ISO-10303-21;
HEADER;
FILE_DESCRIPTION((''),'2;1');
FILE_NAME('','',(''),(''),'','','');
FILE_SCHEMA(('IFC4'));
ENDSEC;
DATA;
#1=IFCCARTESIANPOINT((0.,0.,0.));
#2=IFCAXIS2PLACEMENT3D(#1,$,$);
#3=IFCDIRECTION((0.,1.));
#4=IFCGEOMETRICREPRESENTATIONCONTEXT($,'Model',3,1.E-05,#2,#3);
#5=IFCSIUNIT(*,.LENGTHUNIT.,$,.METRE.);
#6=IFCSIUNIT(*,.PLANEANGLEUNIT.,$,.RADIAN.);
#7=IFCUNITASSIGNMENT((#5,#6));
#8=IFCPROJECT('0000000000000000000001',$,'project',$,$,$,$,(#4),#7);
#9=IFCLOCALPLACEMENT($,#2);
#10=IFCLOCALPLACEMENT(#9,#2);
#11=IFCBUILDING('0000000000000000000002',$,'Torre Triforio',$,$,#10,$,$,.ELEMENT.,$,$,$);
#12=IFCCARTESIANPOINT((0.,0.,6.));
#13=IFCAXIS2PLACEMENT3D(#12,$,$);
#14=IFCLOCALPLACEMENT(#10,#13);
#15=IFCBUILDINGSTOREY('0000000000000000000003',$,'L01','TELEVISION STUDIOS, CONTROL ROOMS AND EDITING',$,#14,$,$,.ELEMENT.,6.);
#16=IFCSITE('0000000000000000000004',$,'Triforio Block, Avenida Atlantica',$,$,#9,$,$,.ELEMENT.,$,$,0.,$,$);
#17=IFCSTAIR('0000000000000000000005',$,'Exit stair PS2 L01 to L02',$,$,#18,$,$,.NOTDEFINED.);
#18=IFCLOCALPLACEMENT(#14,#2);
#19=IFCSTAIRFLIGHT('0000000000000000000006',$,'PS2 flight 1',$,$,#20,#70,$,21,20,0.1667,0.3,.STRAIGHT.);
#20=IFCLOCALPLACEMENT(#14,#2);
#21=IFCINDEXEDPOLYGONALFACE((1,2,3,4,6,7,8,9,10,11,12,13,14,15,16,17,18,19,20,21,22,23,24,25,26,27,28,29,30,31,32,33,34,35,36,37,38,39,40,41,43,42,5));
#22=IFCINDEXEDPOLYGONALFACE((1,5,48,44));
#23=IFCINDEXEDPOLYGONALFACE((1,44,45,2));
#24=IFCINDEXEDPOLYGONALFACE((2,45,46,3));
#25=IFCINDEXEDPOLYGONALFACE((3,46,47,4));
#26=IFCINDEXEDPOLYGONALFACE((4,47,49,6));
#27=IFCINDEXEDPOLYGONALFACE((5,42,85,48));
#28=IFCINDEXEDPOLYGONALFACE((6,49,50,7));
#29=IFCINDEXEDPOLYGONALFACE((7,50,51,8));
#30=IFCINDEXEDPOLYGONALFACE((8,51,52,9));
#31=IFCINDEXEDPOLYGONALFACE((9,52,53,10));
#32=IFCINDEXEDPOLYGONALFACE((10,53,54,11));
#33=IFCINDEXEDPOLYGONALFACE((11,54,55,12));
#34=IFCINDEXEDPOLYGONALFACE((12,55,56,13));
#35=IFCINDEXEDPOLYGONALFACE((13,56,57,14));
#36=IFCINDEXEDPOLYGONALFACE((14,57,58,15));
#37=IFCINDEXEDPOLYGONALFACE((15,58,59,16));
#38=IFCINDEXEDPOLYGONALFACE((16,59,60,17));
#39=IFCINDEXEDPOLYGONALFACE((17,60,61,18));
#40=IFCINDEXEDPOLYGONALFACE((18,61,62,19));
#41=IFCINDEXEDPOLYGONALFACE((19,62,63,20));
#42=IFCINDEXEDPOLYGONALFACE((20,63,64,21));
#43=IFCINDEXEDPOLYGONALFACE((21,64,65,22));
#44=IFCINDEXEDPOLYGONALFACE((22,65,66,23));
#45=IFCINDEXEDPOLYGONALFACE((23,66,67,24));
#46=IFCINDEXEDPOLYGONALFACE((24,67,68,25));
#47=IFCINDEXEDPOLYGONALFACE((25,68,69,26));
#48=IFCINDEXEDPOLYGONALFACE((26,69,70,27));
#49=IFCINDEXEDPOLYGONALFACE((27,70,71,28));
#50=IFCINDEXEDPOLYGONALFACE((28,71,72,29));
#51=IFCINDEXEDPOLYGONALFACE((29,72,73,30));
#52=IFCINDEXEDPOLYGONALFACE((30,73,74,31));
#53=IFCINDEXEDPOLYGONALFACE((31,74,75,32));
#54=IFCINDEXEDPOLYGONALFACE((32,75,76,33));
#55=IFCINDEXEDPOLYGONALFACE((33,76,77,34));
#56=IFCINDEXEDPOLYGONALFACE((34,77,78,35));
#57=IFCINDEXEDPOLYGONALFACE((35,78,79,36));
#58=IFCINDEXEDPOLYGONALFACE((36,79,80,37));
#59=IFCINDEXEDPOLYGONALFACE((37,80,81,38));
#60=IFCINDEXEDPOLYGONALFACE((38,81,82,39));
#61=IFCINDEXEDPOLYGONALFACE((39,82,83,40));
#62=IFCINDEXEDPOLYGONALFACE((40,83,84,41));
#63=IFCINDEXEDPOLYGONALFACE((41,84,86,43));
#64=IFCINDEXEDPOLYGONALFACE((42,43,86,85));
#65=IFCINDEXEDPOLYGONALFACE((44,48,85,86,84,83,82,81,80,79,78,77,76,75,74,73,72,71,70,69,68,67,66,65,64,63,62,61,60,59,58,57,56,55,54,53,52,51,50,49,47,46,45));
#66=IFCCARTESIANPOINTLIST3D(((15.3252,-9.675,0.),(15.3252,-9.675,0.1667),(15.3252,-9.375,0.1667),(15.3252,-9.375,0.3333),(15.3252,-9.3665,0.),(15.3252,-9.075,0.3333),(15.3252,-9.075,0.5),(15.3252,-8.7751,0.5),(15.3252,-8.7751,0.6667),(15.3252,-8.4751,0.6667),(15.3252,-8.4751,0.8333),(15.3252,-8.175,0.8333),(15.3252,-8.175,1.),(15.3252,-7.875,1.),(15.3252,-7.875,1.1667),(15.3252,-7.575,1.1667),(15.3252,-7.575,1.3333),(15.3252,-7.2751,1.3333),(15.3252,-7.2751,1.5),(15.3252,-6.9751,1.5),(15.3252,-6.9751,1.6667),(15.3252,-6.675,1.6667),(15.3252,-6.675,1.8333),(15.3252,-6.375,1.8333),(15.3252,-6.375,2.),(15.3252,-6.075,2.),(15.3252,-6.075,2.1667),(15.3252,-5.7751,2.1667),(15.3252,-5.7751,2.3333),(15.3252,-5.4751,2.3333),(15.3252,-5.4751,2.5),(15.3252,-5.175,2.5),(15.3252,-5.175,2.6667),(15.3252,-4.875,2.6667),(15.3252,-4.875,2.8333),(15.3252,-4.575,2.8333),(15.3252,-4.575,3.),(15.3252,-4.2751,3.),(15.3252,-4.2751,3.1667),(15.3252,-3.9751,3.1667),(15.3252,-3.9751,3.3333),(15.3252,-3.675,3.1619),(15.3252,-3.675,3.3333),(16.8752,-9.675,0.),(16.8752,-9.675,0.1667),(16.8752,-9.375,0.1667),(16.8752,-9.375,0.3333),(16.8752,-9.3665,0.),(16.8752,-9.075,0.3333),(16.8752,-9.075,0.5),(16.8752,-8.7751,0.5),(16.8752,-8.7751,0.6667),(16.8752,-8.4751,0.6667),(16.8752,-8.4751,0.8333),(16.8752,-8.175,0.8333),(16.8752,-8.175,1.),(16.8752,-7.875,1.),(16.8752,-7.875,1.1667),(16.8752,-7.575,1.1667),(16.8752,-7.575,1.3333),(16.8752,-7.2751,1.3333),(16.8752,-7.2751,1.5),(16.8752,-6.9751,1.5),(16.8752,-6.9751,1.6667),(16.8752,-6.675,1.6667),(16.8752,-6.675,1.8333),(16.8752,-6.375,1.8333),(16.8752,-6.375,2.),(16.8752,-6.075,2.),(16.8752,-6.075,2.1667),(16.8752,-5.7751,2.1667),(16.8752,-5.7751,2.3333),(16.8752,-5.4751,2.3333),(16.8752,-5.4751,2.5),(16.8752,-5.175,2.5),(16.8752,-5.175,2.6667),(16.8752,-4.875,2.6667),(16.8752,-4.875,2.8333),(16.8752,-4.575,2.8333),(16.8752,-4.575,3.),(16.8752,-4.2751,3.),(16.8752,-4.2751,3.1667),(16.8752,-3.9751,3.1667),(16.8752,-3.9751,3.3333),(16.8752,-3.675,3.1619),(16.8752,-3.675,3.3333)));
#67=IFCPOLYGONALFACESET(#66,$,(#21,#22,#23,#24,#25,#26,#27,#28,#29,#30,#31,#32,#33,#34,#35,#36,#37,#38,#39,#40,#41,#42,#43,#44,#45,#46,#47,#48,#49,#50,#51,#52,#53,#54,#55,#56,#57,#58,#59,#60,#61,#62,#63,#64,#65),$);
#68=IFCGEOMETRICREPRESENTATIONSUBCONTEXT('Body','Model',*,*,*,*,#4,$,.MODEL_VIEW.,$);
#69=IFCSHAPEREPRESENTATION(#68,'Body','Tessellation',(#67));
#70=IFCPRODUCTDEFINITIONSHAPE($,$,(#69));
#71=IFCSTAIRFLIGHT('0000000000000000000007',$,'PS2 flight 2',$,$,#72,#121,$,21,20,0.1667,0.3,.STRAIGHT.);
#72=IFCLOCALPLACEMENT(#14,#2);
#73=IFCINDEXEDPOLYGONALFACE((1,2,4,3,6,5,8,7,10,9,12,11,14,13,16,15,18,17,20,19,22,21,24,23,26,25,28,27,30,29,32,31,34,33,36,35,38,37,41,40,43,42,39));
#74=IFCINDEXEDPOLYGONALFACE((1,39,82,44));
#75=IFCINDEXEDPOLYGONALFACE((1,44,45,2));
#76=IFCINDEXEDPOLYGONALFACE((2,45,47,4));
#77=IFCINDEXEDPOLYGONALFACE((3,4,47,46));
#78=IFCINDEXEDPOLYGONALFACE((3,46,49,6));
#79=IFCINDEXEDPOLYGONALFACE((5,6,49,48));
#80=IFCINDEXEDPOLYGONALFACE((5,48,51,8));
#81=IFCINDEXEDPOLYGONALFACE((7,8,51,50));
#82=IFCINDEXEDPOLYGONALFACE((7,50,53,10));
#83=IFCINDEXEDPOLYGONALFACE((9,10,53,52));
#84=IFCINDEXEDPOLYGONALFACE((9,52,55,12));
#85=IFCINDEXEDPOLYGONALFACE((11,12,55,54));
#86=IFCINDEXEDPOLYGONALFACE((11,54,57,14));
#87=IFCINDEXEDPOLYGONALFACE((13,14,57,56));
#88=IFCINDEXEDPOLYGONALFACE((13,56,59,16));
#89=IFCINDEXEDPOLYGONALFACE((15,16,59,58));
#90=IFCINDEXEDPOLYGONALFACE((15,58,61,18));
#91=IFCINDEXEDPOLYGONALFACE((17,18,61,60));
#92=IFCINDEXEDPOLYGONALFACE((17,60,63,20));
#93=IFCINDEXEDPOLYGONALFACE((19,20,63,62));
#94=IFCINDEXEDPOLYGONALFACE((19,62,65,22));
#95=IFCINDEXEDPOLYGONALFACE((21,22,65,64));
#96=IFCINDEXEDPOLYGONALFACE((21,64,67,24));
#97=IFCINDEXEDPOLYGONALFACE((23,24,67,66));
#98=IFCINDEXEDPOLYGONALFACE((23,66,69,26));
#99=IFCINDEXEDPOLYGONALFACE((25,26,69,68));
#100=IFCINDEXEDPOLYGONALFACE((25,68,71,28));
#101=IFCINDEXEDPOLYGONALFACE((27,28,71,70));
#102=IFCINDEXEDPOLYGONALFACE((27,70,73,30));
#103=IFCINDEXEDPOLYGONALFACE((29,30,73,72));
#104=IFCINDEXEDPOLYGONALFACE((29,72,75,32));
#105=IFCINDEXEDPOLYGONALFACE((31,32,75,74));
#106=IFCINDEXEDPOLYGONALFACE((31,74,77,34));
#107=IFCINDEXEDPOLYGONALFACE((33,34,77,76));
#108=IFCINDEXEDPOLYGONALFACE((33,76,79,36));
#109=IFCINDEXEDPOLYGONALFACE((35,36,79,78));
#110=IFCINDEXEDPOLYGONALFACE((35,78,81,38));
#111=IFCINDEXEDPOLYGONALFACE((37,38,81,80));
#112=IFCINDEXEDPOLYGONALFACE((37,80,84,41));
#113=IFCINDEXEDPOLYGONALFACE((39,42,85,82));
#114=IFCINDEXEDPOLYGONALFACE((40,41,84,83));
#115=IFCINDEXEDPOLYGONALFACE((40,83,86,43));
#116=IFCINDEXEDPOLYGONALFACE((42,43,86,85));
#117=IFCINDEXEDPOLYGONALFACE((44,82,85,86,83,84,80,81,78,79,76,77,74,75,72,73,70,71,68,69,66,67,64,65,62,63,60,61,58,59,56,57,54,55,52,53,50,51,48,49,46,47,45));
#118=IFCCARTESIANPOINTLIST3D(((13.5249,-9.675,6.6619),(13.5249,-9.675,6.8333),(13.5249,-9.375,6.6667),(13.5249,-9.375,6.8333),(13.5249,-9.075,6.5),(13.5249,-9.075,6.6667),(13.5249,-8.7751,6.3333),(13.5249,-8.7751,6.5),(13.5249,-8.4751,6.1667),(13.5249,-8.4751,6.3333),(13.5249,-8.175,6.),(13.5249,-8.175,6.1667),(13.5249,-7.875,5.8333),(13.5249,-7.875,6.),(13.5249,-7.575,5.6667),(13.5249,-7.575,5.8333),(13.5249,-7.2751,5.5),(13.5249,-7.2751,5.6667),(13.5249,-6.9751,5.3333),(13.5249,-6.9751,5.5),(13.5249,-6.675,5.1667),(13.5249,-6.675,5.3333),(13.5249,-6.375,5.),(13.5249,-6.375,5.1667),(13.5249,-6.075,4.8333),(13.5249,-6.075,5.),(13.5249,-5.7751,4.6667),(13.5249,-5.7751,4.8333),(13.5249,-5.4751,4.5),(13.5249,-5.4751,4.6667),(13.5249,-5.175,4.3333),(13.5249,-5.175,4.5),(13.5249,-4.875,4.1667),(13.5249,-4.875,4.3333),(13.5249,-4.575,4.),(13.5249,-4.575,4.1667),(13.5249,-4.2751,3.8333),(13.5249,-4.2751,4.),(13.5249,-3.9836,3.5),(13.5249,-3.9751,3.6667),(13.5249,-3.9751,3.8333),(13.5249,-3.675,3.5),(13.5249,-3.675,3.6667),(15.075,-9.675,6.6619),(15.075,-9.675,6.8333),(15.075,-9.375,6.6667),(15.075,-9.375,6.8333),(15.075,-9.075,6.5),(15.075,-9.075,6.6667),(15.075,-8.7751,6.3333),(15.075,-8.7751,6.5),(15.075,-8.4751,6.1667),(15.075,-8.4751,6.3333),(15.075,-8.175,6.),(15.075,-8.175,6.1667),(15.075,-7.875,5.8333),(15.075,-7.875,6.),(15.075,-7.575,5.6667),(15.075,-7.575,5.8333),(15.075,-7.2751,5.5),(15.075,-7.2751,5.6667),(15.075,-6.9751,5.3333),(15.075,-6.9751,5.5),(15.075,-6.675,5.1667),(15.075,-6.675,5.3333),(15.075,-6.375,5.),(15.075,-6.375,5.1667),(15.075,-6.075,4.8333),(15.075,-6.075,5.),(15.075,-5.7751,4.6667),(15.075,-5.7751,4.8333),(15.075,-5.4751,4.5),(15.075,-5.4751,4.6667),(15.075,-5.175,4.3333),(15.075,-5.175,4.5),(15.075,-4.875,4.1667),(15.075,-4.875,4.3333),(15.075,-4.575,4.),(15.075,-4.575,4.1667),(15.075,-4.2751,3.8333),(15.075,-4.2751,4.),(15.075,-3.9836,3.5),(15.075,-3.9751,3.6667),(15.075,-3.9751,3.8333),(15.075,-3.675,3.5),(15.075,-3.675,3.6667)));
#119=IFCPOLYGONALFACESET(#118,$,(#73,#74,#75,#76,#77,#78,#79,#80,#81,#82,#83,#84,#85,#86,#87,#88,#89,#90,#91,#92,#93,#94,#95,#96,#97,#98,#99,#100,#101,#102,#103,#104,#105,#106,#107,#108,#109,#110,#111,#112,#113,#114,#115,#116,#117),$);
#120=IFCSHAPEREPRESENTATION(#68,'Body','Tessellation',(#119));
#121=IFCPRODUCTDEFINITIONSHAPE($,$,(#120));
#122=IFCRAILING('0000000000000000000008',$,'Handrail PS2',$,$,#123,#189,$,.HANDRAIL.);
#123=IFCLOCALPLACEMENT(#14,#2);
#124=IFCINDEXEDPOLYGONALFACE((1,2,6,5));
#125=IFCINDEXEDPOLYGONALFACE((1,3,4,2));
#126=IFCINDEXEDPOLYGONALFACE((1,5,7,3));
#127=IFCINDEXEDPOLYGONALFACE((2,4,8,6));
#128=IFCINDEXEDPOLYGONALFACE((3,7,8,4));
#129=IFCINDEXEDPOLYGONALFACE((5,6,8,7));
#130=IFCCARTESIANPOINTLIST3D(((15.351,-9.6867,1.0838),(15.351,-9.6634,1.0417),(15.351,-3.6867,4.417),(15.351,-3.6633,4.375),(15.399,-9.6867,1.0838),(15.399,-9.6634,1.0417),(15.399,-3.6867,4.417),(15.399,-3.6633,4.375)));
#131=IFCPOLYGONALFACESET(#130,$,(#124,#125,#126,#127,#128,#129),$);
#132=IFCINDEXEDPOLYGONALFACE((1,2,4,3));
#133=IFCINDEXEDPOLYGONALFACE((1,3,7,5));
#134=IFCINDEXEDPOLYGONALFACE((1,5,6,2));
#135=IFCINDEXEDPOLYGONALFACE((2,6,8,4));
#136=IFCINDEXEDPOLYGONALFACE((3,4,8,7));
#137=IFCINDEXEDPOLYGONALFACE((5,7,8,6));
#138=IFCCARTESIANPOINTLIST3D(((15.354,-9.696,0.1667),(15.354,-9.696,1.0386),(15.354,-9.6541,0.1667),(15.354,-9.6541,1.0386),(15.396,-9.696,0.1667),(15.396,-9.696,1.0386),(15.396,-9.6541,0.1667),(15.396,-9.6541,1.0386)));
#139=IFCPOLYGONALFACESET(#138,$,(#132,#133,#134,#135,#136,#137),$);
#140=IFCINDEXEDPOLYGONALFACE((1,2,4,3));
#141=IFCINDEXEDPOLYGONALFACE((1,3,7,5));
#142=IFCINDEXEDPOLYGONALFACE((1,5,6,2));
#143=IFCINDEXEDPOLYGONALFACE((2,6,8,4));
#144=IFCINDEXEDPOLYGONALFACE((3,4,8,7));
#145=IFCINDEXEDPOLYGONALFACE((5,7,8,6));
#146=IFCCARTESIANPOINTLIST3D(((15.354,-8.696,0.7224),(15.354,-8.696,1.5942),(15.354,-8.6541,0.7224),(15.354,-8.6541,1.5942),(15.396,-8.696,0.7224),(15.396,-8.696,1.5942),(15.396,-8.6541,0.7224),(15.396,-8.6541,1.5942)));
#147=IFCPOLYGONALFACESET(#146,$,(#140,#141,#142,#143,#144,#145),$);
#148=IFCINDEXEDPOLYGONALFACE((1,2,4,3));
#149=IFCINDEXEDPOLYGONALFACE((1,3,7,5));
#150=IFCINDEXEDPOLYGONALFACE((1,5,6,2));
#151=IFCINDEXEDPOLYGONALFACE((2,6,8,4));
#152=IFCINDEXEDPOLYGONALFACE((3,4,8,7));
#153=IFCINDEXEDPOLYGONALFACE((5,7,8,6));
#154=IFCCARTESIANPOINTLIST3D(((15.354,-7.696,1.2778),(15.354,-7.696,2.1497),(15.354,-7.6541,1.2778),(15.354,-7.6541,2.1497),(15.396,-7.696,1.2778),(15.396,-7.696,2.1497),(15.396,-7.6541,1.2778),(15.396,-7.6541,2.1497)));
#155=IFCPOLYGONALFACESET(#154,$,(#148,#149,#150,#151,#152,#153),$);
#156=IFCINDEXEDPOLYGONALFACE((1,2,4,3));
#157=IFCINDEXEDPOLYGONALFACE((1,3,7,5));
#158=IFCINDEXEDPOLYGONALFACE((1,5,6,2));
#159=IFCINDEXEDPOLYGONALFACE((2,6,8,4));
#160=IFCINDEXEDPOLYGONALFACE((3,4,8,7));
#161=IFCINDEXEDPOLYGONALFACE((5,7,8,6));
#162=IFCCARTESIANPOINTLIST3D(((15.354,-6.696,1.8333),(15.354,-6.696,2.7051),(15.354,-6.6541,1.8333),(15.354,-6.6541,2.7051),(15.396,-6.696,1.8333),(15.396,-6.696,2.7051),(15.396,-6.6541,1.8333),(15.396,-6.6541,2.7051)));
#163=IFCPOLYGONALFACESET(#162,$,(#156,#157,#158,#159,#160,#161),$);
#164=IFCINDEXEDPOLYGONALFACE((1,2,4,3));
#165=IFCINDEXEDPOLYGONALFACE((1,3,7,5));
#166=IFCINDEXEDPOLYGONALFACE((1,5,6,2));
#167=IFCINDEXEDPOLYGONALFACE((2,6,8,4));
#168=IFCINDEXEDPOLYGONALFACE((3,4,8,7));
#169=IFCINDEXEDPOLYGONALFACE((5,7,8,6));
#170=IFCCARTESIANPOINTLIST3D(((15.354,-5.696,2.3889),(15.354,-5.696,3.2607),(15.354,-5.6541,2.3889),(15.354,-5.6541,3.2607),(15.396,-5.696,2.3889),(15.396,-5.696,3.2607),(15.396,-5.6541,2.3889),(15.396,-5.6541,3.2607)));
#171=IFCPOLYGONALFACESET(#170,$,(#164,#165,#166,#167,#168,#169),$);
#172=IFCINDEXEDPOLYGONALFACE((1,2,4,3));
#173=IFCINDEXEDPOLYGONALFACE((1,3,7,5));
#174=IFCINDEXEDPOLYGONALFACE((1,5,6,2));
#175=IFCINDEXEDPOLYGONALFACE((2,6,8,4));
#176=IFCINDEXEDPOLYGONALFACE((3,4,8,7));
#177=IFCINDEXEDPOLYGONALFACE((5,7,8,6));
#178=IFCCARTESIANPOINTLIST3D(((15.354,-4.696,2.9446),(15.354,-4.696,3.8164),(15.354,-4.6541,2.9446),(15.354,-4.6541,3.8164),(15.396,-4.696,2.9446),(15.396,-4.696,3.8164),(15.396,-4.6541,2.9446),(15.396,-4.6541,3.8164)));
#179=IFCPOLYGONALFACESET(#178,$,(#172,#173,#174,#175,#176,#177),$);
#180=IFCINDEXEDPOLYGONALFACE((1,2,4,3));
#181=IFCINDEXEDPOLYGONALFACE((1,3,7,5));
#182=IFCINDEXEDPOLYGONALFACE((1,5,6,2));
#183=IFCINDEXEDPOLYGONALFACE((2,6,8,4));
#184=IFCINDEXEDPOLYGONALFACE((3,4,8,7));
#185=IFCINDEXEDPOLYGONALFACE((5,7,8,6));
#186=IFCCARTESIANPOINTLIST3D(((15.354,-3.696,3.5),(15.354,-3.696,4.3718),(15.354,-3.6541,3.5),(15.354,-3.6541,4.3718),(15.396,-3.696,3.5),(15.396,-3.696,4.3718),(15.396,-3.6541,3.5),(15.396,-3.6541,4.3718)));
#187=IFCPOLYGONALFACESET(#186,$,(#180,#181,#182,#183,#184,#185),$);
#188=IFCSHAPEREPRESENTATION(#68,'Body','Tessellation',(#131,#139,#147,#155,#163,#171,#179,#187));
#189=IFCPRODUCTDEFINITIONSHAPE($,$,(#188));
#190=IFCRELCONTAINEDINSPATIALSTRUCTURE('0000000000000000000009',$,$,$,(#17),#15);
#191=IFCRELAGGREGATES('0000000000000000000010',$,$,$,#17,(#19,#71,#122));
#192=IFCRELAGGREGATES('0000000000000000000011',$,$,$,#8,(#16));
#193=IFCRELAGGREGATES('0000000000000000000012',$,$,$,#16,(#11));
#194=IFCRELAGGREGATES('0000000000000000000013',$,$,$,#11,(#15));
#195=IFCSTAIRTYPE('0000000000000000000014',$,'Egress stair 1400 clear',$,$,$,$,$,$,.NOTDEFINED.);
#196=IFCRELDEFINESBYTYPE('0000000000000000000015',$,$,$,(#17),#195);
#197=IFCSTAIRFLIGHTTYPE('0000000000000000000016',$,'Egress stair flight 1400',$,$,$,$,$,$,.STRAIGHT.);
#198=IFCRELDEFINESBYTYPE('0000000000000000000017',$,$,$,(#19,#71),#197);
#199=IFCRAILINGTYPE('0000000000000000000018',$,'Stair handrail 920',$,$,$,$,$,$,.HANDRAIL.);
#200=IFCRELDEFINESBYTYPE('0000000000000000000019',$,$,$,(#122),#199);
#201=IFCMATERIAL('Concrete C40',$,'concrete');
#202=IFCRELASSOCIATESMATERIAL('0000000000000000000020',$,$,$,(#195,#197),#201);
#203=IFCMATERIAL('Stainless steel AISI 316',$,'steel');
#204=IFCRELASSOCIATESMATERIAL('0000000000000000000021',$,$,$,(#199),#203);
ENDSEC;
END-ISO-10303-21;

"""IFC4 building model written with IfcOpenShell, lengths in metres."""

from ifc_helpers import new_model, si_unit, direction, frame, origin, origin_2d, place, context, subcontext, project, spatial, polyline, rectangle, outline, extrude, material, type_object, element, aggregate, save


model = new_model("IFC4")

# Units and contexts
model_context = context("Model", 3, precision=1e-05, world=origin(), true_north=direction((0.0, 1.0)))
body_context = subcontext(model_context, "Body", "Model", "MODEL_VIEW")
ifc_project = project(units=[si_unit("LENGTHUNIT", "METRE"), si_unit("PLANEANGLEUNIT", "RADIAN")], contexts=[model_context])

# Site, building, storey
site_placement = place(None, origin())
site = spatial("IfcSite", under=ifc_project, at=site_placement, Name="Triforio Block, Avenida Atlantica", CompositionType="ELEMENT", RefElevation=0.0)
building_placement = place(site_placement, origin())
building = spatial("IfcBuilding", under=site, at=building_placement, Name="Torre Triforio", CompositionType="ELEMENT")
storey_placement = place(building_placement, frame((0.0, 0.0, 6.0)))
storey = spatial("IfcBuildingStorey", under=building, at=storey_placement, Name="L01", Description="TELEVISION STUDIOS, CONTROL ROOMS AND EDITING", CompositionType="ELEMENT", Elevation=6.0)

# Shared definitions
ifc_material_1 = material(Name="Concrete C40", Category="concrete")

# Stair, stair flights, railing
stair_type = type_object("IfcStairType", Name="Egress stair 1400 clear", PredefinedType="NOTDEFINED", material=ifc_material_1)
stair_placement = place(storey_placement, origin())
stair = element("IfcStair", 1, at=stair_placement, inside=storey, type_object=stair_type, Name="Exit stair PS2 L01 to L02", PredefinedType="NOTDEFINED")
stair_flight_type = type_object("IfcStairFlightType", Name="Egress stair flight 1400", PredefinedType="STRAIGHT", material=ifc_material_1)
stair_flight_1_placement = place(storey_placement, frame((16.1001, -9.675, 0.0), z_axis=(0.0, 0.0, 1.0), x_axis=(0.0, 1.0, 0.0)))
stair_flight_1 = element("IfcStairFlight", 2, at=stair_flight_1_placement, type_object=stair_flight_type, Name="PS2 flight 1", NumberOfRisers=21, NumberOfTreads=20, PredefinedType="STRAIGHT", RiserHeight=0.1667, TreadLength=0.3, context=body_context, shape_type="SweptSolid", body=[
    extrude(outline(polyline([(0.0, 0.0), (0.0, 0.1667), (0.3, 0.1667), (0.3, 0.3333), (0.6001, 0.3333), (0.6001, 0.5), (0.8999, 0.5), (0.8999, 0.6667), (1.2, 0.6667), (1.2, 0.8333), (1.5, 0.8333), (1.5, 1.0), (1.8, 1.0), (1.8, 1.1667), (2.1001, 1.1667), (2.1001, 1.3333), (2.3999, 1.3333), (2.3999, 1.5), (2.7, 1.5), (2.7, 1.6667), (3.0, 1.6667), (3.0, 1.8333), (3.3, 1.8333), (3.3, 2.0), (3.6001, 2.0), (3.6001, 2.1667), (3.8999, 2.1667), (3.8999, 2.3333), (4.2, 2.3333), (4.2, 2.5), (4.5, 2.5), (4.5, 2.6667), (4.8, 2.6667), (4.8, 2.8333), (5.1001, 2.8333), (5.1001, 3.0), (5.3999, 3.0), (5.3999, 3.1667), (5.7, 3.1667), (5.7, 3.3333), (6.0, 3.3333), (6.0, 3.5), (6.0, 3.1619), (0.3086, 0.0), (0.0, 0.0)])), frame((0.0, 0.7749, 0.0), z_axis=(0.0, -1.0, 0.0), x_axis=(1.0, 0.0, 0.0)), (0.0, 0.0, 1.0), 1.55),
])
stair_flight_2_placement = place(storey_placement, frame((14.3, -3.675, 3.5), z_axis=(0.0, 0.0, 1.0), x_axis=(0.0, -1.0, 0.0)))
stair_flight_2 = element("IfcStairFlight", 3, at=stair_flight_2_placement, type_object=stair_flight_type, Name="PS2 flight 2", NumberOfRisers=21, NumberOfTreads=20, PredefinedType="STRAIGHT", RiserHeight=0.1667, TreadLength=0.3, context=body_context, shape_type="SweptSolid", body=[
    extrude(outline(polyline([(0.0, 0.0), (0.0, 0.1667), (0.3, 0.1667), (0.3, 0.3333), (0.6001, 0.3333), (0.6001, 0.5), (0.8999, 0.5), (0.8999, 0.6667), (1.2, 0.6667), (1.2, 0.8333), (1.5, 0.8333), (1.5, 1.0), (1.8, 1.0), (1.8, 1.1667), (2.1001, 1.1667), (2.1001, 1.3333), (2.3999, 1.3333), (2.3999, 1.5), (2.7, 1.5), (2.7, 1.6667), (3.0, 1.6667), (3.0, 1.8333), (3.3, 1.8333), (3.3, 2.0), (3.6001, 2.0), (3.6001, 2.1667), (3.8999, 2.1667), (3.8999, 2.3333), (4.2, 2.3333), (4.2, 2.5), (4.5, 2.5), (4.5, 2.6667), (4.8, 2.6667), (4.8, 2.8333), (5.1001, 2.8333), (5.1001, 3.0), (5.3999, 3.0), (5.3999, 3.1667), (5.7, 3.1667), (5.7, 3.3333), (6.0, 3.3333), (6.0, 3.5), (6.0, 3.1619), (0.3086, 0.0), (0.0, 0.0)])), frame((0.0, 0.7749, 0.0), z_axis=(0.0, -1.0, 0.0), x_axis=(1.0, 0.0, 0.0)), (0.0, 0.0, 1.0), 1.55),
])
ifc_material_2 = material(Name="Stainless steel AISI 316", Category="steel")
railing_type_1 = type_object("IfcRailingType", Name="Stair handrail 920", PredefinedType="HANDRAIL", material=ifc_material_2)
railing_1_placement = place(storey_placement, frame((15.375, -9.675, 0.1667)))
railing_1 = element("IfcRailing", 4, at=railing_1_placement, type_object=railing_type_1, Name="Handrail PS2", PredefinedType="HANDRAIL", context=body_context, shape_type="SweptSolid", body=[
    extrude(rectangle(XDim=0.0481, YDim=0.0481, at=origin_2d()), frame((0.0, 0.0, 0.896), z_axis=(0.0, 0.874162, 0.485634), x_axis=(-1.0, 0.0, 0.0)), (0.0, 0.0, 1.0), 6.8638),
    extrude(rectangle(XDim=0.042, YDim=0.042, at=origin_2d()), origin(), (0.0, 0.0, 1.0), 0.8718),
    extrude(rectangle(XDim=0.042, YDim=0.042, at=origin_2d()), frame((0.0, 1.0, 0.5557)), (0.0, 0.0, 1.0), 0.8718),
    extrude(rectangle(XDim=0.042, YDim=0.042, at=origin_2d()), frame((0.0, 2.0, 1.1111)), (0.0, 0.0, 1.0), 0.8718),
    extrude(rectangle(XDim=0.042, YDim=0.042, at=origin_2d()), frame((0.0, 3.0, 1.6665)), (0.0, 0.0, 1.0), 0.8718),
    extrude(rectangle(XDim=0.042, YDim=0.042, at=origin_2d()), frame((0.0, 4.0, 2.2222)), (0.0, 0.0, 1.0), 0.8718),
    extrude(rectangle(XDim=0.042, YDim=0.042, at=origin_2d()), frame((0.0, 5.0, 2.7778)), (0.0, 0.0, 1.0), 0.8718),
    extrude(rectangle(XDim=0.042, YDim=0.042, at=origin_2d()), frame((0.0, 6.0, 3.3333)), (0.0, 0.0, 1.0), 0.8718),
])
aggregate(stair, [stair_flight_1, stair_flight_2, railing_1])

save(model, "model.ifc")
